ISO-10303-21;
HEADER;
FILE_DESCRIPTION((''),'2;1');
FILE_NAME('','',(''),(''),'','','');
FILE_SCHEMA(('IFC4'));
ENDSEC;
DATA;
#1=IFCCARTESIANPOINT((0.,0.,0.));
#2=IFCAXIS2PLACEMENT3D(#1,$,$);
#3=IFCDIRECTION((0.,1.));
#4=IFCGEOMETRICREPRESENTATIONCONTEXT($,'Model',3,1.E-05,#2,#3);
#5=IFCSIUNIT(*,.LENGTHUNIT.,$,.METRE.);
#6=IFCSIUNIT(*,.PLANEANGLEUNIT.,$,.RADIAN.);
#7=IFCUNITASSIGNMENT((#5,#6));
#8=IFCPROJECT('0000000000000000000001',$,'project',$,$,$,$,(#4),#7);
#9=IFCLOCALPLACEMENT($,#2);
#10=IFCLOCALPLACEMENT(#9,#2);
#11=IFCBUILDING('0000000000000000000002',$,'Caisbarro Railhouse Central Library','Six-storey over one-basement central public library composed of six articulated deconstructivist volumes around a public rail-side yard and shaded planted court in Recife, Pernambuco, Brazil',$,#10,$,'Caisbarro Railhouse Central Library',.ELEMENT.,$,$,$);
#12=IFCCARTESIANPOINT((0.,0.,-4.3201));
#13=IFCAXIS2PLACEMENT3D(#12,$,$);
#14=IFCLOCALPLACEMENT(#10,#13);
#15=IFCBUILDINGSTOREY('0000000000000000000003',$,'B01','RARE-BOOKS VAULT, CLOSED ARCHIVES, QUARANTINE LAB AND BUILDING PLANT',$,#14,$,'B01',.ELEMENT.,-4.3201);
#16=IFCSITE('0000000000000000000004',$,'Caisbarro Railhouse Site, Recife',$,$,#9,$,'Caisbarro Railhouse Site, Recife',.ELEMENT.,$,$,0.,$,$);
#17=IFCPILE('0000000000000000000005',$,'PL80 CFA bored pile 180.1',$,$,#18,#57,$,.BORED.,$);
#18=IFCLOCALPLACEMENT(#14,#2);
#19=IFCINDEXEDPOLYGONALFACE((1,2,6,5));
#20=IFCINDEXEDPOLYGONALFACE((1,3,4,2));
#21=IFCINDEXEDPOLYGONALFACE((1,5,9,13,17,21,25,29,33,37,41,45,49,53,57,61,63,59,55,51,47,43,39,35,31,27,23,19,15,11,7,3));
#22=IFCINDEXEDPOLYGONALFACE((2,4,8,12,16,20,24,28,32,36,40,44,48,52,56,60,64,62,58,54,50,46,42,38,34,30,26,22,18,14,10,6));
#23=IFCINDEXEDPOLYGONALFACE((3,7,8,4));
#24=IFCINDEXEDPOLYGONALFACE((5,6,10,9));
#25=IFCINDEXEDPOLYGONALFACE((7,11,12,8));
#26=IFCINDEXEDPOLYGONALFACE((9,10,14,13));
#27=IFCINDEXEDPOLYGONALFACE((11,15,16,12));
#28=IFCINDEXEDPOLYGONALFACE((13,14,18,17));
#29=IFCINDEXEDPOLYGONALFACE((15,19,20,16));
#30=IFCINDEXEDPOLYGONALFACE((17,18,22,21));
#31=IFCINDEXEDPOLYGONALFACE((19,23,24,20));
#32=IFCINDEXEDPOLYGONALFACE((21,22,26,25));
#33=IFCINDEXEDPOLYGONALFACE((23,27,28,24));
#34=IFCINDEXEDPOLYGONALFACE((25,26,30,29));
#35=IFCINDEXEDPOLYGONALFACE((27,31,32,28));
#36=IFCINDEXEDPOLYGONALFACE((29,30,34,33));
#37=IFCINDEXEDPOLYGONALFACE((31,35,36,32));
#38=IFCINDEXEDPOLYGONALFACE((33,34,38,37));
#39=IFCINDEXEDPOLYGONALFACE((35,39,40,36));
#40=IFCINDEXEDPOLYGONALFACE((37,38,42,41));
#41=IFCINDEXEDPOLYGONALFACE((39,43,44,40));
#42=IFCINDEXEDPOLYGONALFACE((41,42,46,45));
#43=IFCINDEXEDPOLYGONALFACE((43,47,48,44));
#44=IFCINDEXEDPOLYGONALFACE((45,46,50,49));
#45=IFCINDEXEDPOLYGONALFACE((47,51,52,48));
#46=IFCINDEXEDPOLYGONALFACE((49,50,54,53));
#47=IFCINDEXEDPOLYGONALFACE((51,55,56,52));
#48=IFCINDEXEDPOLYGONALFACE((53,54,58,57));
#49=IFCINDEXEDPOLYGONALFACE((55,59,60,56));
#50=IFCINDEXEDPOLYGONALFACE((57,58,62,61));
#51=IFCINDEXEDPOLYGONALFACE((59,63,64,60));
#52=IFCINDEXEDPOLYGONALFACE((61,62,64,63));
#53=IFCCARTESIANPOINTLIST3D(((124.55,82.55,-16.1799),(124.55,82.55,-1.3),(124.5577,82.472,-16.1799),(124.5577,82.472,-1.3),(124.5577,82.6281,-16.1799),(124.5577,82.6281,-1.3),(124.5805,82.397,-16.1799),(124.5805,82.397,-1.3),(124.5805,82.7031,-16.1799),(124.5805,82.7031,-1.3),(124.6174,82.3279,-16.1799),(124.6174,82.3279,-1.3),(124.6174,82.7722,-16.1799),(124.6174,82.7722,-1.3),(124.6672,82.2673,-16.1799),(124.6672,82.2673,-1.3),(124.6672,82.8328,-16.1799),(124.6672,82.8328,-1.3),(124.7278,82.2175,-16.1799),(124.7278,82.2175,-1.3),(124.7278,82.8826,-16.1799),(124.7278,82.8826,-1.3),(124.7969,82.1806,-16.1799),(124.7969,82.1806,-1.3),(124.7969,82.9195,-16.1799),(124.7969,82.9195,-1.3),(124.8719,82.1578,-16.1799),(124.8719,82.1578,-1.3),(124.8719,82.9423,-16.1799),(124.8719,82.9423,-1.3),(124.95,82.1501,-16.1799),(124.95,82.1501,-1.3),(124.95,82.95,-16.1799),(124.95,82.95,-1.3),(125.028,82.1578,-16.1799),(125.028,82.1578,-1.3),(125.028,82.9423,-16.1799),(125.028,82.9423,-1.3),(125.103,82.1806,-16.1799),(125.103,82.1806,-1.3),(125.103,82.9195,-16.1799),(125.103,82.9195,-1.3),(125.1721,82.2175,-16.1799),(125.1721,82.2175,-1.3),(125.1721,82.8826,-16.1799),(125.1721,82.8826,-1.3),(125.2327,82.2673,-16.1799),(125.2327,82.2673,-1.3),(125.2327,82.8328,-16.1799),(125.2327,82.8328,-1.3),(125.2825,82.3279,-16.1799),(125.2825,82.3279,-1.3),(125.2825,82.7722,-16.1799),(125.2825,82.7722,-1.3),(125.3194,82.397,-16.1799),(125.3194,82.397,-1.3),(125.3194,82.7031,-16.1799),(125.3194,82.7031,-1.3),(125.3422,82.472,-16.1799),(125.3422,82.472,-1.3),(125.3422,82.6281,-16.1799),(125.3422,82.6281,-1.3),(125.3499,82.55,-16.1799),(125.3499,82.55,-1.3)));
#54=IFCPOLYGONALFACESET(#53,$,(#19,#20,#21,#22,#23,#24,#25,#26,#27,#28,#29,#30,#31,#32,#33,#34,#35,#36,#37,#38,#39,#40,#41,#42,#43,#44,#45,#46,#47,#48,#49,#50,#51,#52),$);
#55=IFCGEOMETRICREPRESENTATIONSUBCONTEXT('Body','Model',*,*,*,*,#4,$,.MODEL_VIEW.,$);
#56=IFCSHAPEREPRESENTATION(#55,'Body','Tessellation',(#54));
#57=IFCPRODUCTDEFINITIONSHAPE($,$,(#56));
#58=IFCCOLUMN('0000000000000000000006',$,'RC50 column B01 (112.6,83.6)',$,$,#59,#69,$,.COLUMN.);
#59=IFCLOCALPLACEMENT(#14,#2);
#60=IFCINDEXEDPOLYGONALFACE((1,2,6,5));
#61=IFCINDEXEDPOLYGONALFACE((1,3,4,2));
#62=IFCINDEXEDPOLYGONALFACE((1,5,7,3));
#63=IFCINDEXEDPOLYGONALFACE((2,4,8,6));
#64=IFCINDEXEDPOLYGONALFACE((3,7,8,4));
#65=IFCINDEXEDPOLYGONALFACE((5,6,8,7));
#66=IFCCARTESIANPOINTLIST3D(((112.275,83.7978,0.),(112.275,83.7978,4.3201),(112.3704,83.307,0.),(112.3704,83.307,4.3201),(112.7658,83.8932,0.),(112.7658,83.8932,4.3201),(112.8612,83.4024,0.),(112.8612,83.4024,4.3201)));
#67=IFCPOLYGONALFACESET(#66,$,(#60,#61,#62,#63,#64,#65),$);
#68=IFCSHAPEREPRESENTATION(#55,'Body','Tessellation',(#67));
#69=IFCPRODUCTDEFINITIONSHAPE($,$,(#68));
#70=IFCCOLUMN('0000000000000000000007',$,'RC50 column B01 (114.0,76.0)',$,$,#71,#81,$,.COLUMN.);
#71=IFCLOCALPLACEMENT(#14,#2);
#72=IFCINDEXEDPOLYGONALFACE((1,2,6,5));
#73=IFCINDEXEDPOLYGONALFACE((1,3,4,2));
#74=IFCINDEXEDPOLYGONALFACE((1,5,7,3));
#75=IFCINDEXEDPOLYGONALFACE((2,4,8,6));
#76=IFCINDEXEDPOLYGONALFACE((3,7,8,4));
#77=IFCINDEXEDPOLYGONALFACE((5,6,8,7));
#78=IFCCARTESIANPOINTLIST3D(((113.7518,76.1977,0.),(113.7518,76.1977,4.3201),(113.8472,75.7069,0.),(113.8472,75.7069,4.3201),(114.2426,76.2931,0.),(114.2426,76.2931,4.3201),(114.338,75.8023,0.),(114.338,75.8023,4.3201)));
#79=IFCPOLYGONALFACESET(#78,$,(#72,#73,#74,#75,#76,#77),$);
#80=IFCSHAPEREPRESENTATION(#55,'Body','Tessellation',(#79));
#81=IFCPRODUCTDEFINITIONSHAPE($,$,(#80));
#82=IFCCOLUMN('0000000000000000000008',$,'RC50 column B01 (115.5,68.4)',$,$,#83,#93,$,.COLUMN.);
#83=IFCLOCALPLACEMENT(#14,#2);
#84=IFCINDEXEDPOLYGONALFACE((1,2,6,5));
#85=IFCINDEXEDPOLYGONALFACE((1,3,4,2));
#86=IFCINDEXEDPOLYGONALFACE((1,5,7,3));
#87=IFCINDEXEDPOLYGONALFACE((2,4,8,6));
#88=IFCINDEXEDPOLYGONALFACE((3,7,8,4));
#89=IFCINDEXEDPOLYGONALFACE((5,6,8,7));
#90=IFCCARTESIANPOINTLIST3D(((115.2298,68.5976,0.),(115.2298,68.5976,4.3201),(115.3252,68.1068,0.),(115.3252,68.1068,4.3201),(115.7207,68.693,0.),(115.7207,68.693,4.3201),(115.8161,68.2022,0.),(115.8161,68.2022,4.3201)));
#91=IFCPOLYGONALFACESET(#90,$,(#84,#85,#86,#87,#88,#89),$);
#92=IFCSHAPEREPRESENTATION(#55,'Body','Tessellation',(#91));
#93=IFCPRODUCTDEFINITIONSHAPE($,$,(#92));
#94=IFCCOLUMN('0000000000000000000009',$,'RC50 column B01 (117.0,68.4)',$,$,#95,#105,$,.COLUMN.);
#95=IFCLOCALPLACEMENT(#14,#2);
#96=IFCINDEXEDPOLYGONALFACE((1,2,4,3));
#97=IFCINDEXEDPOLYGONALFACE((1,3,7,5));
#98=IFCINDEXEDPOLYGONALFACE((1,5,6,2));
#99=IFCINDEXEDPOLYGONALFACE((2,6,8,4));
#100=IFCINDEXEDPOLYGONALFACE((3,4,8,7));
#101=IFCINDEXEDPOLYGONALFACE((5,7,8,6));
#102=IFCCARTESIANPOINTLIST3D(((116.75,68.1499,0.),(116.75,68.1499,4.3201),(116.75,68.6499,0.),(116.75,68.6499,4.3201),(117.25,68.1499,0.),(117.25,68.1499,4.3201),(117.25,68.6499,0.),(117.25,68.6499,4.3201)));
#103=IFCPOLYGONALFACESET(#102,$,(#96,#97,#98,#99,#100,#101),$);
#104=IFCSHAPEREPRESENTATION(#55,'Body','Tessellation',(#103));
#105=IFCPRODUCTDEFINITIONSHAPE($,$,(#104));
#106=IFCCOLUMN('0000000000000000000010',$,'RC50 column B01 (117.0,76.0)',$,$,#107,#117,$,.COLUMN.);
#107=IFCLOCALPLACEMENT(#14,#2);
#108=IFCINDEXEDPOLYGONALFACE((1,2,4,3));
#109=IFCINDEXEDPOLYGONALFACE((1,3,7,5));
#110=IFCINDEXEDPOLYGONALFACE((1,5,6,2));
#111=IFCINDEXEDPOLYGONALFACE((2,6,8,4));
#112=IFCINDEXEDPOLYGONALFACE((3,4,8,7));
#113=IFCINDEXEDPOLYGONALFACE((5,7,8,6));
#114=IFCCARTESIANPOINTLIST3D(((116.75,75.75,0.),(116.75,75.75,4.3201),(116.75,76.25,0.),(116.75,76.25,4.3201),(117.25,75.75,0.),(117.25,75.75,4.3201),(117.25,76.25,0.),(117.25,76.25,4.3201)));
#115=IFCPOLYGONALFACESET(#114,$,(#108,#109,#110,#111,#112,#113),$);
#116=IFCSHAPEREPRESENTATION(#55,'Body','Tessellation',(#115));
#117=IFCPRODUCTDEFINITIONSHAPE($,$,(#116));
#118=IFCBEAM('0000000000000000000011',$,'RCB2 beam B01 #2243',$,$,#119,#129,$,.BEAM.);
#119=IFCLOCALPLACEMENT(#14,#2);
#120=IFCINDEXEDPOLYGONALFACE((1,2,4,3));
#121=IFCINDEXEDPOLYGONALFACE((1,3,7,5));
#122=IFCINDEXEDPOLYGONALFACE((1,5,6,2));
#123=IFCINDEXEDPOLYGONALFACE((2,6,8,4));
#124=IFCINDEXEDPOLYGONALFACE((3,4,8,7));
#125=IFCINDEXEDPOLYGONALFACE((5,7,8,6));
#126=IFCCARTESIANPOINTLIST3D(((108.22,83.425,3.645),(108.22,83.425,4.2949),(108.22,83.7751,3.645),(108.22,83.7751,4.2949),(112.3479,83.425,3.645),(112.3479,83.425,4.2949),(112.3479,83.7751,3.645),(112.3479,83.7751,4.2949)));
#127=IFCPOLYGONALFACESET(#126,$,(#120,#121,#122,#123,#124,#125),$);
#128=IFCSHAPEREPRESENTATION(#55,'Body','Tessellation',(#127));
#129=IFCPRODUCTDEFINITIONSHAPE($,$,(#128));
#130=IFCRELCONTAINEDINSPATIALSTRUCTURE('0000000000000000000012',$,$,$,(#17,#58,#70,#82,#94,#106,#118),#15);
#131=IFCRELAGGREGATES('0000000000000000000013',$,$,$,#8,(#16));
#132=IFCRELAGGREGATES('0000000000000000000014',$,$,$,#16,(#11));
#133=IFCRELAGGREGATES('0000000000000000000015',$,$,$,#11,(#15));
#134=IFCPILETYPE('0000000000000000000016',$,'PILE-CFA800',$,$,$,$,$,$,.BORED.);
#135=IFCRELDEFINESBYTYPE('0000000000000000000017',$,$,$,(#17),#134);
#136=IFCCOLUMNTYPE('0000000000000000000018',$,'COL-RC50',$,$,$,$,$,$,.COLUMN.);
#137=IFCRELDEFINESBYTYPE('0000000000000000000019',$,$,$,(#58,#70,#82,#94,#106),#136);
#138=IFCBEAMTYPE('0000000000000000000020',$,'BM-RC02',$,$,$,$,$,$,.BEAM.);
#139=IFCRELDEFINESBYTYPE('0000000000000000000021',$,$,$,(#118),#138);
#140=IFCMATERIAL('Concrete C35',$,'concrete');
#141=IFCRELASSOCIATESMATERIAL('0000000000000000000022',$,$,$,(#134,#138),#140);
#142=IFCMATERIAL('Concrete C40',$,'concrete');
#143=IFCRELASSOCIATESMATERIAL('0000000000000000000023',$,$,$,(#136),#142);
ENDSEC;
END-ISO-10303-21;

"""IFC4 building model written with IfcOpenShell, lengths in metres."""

from ifc_helpers import new_model, si_unit, direction, frame, origin, origin_2d, place, context, subcontext, project, spatial, rectangle, circle, extrude, material, material_profile, profile_set, type_object, element, save


model = new_model("IFC4")

# Units and contexts
model_context = context("Model", 3, precision=1e-05, world=origin(), true_north=direction((0.0, 1.0)))
body_context = subcontext(model_context, "Body", "Model", "MODEL_VIEW")
ifc_project = project(units=[si_unit("LENGTHUNIT", "METRE"), si_unit("PLANEANGLEUNIT", "RADIAN")], contexts=[model_context])

# Site, building, storey
site_placement = place(None, origin())
site = spatial("IfcSite", under=ifc_project, at=site_placement, Name="Caisbarro Railhouse Site, Recife", LongName="Caisbarro Railhouse Site, Recife", CompositionType="ELEMENT", RefElevation=0.0)
building_placement = place(site_placement, origin())
building = spatial("IfcBuilding", under=site, at=building_placement, Name="Caisbarro Railhouse Central Library", Description="Six-storey over one-basement central public library composed of six articulated deconstructivist volumes around a public rail-side yard and shaded planted court in Recife, Pernambuco, Brazil", LongName="Caisbarro Railhouse Central Library", CompositionType="ELEMENT")
storey_placement = place(building_placement, frame((0.0, 0.0, -4.3201)))
storey = spatial("IfcBuildingStorey", under=building, at=storey_placement, Name="B01", Description="RARE-BOOKS VAULT, CLOSED ARCHIVES, QUARANTINE LAB AND BUILDING PLANT", LongName="B01", CompositionType="ELEMENT", Elevation=-4.3201)

# Shared definitions
ifc_material_1 = material(Name="Concrete C40", Category="concrete")

# Pile
ifc_material_2 = material(Name="Concrete C35", Category="concrete")
ifc_material_profile_1 = material_profile(ifc_material_2, circle(Radius=0.3999, at=origin_2d()), Name="PILE-CFA-800")
ifc_profile_set_1 = profile_set([ifc_material_profile_1], Name="Concrete C35")
pile_type_1 = type_object("IfcPileType", Name="PILE-CFA800", PredefinedType="BORED", material=ifc_profile_set_1)
for number, where, z_axis, x_axis, name in (
    (1, (124.95, 82.55, -1.3), (0.0, 0.0, -1.0), (1.0, 0.0, 0.0), "PL80 CFA bored pile 180.1"),
):
    element("IfcPile", number, at=place(storey_placement, frame(where, z_axis=z_axis, x_axis=x_axis)), inside=storey, type_object=pile_type_1, Name=name, PredefinedType="BORED", context=body_context, shape_type="SweptSolid", body=[
        extrude(circle(Radius=0.3999, at=origin_2d()), origin(), (0.0, 0.0, 1.0), 14.8799),
    ])

# Columns
ifc_material_profile_2 = material_profile(ifc_material_1, rectangle(XDim=0.5, YDim=0.5, at=origin_2d()), Name="RC-COL-500X500")
ifc_profile_set_2 = profile_set([ifc_material_profile_2], Name="Concrete C40")
column_type = type_object("IfcColumnType", Name="COL-RC50", PredefinedType="COLUMN", material=ifc_profile_set_2)
for number, where, z_axis, x_axis, name in (
    (2, (112.5681, 83.6001, 0.0), (0.0, 0.0, 1.0), (0.981627, 0.190809, 0.0), "RC50 column B01 (112.6,83.6)"),
    (3, (114.0449, 76.0, 0.0), (0.0, 0.0, 1.0), (0.981627, 0.190809, 0.0), "RC50 column B01 (114.0,76.0)"),
    (4, (115.5229, 68.3999, 0.0), (0.0, 0.0, 1.0), (0.981627, 0.190809, 0.0), "RC50 column B01 (115.5,68.4)"),
    (5, (117.0, 68.3999, 0.0), (0.0, 0.0, 1.0), (1.0, 0.0, 0.0), "RC50 column B01 (117.0,68.4)"),
    (6, (117.0, 76.0, 0.0), (0.0, 0.0, 1.0), (1.0, 0.0, 0.0), "RC50 column B01 (117.0,76.0)"),
):
    element("IfcColumn", number, at=place(storey_placement, frame(where, z_axis=z_axis, x_axis=x_axis)), inside=storey, type_object=column_type, Name=name, PredefinedType="COLUMN", context=body_context, shape_type="SweptSolid", body=[
        extrude(rectangle(XDim=0.5, YDim=0.5, at=origin_2d()), origin(), (0.0, 0.0, 1.0), 4.3201),
    ])

# Beam
ifc_material_profile_3 = material_profile(ifc_material_2, rectangle(XDim=0.3501, YDim=0.6499, at=origin_2d()), Name="RC-BM-350X650")
ifc_profile_set_3 = profile_set([ifc_material_profile_3], Name="Concrete C35")
beam_type = type_object("IfcBeamType", Name="BM-RC02", PredefinedType="BEAM", material=ifc_profile_set_3)
beam_placement = place(storey_placement, frame((108.22, 83.6001, 3.97), z_axis=(1.0, 0.0, 0.0), x_axis=(0.0, 1.0, 0.0)))
element("IfcBeam", 7, at=beam_placement, inside=storey, type_object=beam_type, Name="RCB2 beam B01 #2243", PredefinedType="BEAM", context=body_context, shape_type="SweptSolid", body=[
    extrude(rectangle(XDim=0.3501, YDim=0.6499, at=origin_2d()), origin(), (0.0, 0.0, 1.0), 4.1279),
])

save(model, "model.ifc")
